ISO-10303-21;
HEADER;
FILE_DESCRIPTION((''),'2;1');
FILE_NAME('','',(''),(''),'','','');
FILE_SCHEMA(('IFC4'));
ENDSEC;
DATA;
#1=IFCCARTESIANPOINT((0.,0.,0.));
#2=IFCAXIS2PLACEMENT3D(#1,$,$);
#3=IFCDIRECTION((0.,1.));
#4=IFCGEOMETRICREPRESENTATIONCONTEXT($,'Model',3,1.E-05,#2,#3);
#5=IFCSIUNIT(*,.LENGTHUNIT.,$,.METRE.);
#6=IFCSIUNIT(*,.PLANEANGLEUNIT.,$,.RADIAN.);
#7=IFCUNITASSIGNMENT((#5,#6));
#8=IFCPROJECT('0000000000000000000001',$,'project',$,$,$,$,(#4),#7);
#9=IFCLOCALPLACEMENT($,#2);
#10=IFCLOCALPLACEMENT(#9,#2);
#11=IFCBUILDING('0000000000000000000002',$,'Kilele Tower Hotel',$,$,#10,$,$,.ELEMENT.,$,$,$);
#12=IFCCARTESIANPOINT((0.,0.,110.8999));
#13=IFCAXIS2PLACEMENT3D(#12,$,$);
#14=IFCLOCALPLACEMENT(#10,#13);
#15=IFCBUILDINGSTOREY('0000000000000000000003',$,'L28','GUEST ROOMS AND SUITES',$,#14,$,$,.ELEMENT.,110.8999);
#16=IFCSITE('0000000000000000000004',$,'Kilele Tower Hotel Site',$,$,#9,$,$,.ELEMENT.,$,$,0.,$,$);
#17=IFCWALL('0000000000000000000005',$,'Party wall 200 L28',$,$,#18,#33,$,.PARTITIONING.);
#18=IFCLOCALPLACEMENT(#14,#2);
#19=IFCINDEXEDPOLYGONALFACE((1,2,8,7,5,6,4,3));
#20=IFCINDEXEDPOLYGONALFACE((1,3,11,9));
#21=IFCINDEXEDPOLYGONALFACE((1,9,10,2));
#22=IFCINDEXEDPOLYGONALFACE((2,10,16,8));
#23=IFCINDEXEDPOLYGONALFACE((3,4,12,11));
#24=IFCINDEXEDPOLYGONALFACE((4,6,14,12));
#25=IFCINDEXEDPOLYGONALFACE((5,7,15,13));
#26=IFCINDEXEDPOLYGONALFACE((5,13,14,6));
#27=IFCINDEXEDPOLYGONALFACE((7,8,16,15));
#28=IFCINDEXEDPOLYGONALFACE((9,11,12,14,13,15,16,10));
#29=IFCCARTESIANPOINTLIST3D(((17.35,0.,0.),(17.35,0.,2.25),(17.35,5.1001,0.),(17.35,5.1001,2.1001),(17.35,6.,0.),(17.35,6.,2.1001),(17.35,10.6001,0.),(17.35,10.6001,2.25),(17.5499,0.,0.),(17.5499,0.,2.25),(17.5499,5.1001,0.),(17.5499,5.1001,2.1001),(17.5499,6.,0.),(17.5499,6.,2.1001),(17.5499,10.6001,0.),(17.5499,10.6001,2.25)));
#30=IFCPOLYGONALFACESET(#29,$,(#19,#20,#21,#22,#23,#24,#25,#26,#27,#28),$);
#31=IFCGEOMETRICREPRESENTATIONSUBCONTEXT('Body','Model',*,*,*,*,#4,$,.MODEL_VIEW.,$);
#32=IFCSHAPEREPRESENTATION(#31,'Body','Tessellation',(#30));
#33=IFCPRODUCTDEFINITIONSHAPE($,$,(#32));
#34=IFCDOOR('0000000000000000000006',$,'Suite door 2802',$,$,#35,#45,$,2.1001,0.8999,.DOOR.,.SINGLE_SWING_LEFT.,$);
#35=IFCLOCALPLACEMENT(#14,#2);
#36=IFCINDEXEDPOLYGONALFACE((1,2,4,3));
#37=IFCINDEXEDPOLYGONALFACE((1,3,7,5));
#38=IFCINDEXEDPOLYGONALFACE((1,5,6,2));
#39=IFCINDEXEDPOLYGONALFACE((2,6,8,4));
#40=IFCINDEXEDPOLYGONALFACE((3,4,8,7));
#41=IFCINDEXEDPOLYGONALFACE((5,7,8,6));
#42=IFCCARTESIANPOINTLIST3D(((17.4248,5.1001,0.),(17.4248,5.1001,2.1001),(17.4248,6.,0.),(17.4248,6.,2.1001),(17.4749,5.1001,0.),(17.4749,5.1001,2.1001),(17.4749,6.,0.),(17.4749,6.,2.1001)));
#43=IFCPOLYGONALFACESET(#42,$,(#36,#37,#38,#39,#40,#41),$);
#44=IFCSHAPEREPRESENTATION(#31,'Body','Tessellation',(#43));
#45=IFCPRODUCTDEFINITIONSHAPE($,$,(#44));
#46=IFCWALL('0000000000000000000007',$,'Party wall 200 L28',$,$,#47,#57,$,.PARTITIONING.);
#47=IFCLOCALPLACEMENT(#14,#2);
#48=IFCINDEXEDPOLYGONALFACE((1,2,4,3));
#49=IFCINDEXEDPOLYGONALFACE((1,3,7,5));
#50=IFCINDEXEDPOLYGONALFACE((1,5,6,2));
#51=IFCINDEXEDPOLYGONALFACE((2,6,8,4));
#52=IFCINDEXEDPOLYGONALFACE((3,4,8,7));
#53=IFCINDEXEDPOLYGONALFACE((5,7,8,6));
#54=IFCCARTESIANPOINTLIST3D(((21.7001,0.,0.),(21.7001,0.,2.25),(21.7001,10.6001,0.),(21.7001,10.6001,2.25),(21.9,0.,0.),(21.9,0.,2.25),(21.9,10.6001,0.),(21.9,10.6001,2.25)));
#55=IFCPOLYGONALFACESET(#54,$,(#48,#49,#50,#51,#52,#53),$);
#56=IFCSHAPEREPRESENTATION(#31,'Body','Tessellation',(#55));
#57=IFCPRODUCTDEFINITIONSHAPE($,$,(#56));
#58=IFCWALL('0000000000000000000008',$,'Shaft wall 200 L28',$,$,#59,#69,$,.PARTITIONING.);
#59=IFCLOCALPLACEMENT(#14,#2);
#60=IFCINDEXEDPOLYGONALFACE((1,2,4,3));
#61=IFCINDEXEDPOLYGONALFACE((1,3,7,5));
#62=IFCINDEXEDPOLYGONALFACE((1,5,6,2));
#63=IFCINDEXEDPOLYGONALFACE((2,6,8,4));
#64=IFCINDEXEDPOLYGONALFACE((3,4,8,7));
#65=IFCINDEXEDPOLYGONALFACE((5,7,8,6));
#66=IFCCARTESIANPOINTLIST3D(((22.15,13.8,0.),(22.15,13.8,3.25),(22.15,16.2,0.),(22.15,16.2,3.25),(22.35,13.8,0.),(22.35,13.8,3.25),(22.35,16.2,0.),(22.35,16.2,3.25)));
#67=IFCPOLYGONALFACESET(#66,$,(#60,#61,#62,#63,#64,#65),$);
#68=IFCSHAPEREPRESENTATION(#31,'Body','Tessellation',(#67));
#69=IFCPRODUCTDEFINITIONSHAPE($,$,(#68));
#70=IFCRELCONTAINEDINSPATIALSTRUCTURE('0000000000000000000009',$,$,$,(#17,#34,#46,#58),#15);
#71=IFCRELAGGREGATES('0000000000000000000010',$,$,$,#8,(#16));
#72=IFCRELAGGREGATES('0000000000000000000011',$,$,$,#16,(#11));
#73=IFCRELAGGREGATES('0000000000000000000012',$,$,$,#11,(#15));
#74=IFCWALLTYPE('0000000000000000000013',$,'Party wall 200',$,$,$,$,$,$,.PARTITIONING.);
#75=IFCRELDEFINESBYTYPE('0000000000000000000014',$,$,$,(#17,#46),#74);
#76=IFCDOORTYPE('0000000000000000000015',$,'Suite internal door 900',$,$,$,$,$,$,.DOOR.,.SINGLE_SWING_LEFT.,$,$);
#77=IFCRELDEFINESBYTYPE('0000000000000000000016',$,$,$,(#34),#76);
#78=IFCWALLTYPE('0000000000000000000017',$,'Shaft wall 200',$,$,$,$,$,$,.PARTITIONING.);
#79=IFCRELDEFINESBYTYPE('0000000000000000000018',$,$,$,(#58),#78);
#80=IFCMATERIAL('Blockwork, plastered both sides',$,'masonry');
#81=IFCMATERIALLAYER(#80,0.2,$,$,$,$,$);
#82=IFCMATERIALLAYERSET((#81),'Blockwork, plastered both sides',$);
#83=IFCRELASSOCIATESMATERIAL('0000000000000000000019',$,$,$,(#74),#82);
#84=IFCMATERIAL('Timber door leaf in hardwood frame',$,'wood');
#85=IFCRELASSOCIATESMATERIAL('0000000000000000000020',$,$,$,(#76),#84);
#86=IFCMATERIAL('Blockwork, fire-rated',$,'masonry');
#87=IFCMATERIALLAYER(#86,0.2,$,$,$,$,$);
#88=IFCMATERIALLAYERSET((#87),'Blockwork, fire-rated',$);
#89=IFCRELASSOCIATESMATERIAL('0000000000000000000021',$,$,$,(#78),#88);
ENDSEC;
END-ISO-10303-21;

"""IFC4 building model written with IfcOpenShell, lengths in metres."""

from ifc_helpers import new_model, si_unit, direction, frame, frame_2d, origin, place, context, subcontext, project, spatial, rectangle, extrude, material, layer, layer_set, type_object, element, fill, save


model = new_model("IFC4")

# Units and contexts
model_context = context("Model", 3, precision=1e-05, world=origin(), true_north=direction((0.0, 1.0)))
body_context = subcontext(model_context, "Body", "Model", "MODEL_VIEW")
ifc_project = project(units=[si_unit("LENGTHUNIT", "METRE"), si_unit("PLANEANGLEUNIT", "RADIAN")], contexts=[model_context])

# Site, building, storey
site_placement = place(None, origin())
site = spatial("IfcSite", under=ifc_project, at=site_placement, Name="Kilele Tower Hotel Site", CompositionType="ELEMENT", RefElevation=0.0)
building_placement = place(site_placement, origin())
building = spatial("IfcBuilding", under=site, at=building_placement, Name="Kilele Tower Hotel", CompositionType="ELEMENT")
storey_placement = place(building_placement, frame((0.0, 0.0, 110.8999)))
storey = spatial("IfcBuildingStorey", under=building, at=storey_placement, Name="L28", Description="GUEST ROOMS AND SUITES", CompositionType="ELEMENT", Elevation=110.8999)

# Wall, opening, door
ifc_material_1 = material(Name="Blockwork, plastered both sides", Category="masonry")
ifc_layer_1 = layer(ifc_material_1, 0.2)
ifc_layer_set_1 = layer_set([ifc_layer_1], Name="Blockwork, plastered both sides")
wall_type_1 = type_object("IfcWallType", Name="Party wall 200", PredefinedType="PARTITIONING", material=ifc_layer_set_1)
wall_1_placement = place(storey_placement, frame((17.45, 10.6001, 0.0), z_axis=(0.0, 0.0, 1.0), x_axis=(0.0, -1.0, 0.0)))
wall_1 = element("IfcWall", 1, at=wall_1_placement, inside=storey, type_object=wall_type_1, Name="Party wall 200 L28", PredefinedType="PARTITIONING", context=body_context, shape_type="SweptSolid", body=[
    extrude(rectangle(XDim=10.6001, YDim=0.2, at=frame_2d((5.3, 0.0))), origin(), (0.0, 0.0, 1.0), 2.25),
])
opening_1_placement = place(wall_1_placement, frame((4.6001, 0.0, 0.0)))
opening_1 = element("IfcOpeningElement", 2, at=opening_1_placement, cuts=wall_1, PredefinedType="OPENING", context=body_context, shape_type="SweptSolid", body=[
    extrude(rectangle(XDim=0.8999, YDim=2.1001, at=frame_2d((0.45, 1.05))), frame((0.0, 0.1099, 0.0), z_axis=(0.0, -1.0, 0.0), x_axis=(1.0, 0.0, 0.0)), (0.0, 0.0, 1.0), 0.22),
])
ifc_material_2 = material(Name="Timber door leaf in hardwood frame", Category="wood")
door_type_1 = type_object("IfcDoorType", Name="Suite internal door 900", OperationType="SINGLE_SWING_LEFT", PredefinedType="DOOR", material=ifc_material_2)
door_1_placement = place(opening_1_placement, origin())
door_1 = element("IfcDoor", 3, at=door_1_placement, inside=storey, type_object=door_type_1, Name="Suite door 2802", OperationType="SINGLE_SWING_LEFT", OverallHeight=2.1001, OverallWidth=0.8999, PredefinedType="DOOR", context=body_context, shape_type="SweptSolid", body=[
    extrude(rectangle(XDim=0.8999, YDim=2.1001, at=frame_2d((0.45, 1.05))), frame((0.0, 0.0249, 0.0), z_axis=(0.0, -1.0, 0.0), x_axis=(1.0, 0.0, 0.0)), (0.0, 0.0, 1.0), 0.05),
])
fill(opening_1, door_1)

# Walls
wall_2_placement = place(storey_placement, frame((21.8, 10.6001, 0.0), z_axis=(0.0, 0.0, 1.0), x_axis=(0.0, -1.0, 0.0)))
element("IfcWall", 4, at=wall_2_placement, inside=storey, type_object=wall_type_1, Name="Party wall 200 L28", PredefinedType="PARTITIONING", context=body_context, shape_type="SweptSolid", body=[
    extrude(rectangle(XDim=10.6001, YDim=0.2, at=frame_2d((5.3, 0.0))), origin(), (0.0, 0.0, 1.0), 2.25),
])
ifc_material_3 = material(Name="Blockwork, fire-rated", Category="masonry")
ifc_layer_2 = layer(ifc_material_3, 0.2)
ifc_layer_set_2 = layer_set([ifc_layer_2], Name="Blockwork, fire-rated")
wall_type_2 = type_object("IfcWallType", Name="Shaft wall 200", PredefinedType="PARTITIONING", material=ifc_layer_set_2)
wall_3_placement = place(storey_placement, frame((22.25, 13.8, 0.0), z_axis=(0.0, 0.0, 1.0), x_axis=(0.0, 1.0, 0.0)))
element("IfcWall", 5, at=wall_3_placement, inside=storey, type_object=wall_type_2, Name="Shaft wall 200 L28", PredefinedType="PARTITIONING", context=body_context, shape_type="SweptSolid", body=[
    extrude(rectangle(XDim=2.3999, YDim=0.2, at=frame_2d((1.2, 0.0))), origin(), (0.0, 0.0, 1.0), 3.25),
])

save(model, "model.ifc")
